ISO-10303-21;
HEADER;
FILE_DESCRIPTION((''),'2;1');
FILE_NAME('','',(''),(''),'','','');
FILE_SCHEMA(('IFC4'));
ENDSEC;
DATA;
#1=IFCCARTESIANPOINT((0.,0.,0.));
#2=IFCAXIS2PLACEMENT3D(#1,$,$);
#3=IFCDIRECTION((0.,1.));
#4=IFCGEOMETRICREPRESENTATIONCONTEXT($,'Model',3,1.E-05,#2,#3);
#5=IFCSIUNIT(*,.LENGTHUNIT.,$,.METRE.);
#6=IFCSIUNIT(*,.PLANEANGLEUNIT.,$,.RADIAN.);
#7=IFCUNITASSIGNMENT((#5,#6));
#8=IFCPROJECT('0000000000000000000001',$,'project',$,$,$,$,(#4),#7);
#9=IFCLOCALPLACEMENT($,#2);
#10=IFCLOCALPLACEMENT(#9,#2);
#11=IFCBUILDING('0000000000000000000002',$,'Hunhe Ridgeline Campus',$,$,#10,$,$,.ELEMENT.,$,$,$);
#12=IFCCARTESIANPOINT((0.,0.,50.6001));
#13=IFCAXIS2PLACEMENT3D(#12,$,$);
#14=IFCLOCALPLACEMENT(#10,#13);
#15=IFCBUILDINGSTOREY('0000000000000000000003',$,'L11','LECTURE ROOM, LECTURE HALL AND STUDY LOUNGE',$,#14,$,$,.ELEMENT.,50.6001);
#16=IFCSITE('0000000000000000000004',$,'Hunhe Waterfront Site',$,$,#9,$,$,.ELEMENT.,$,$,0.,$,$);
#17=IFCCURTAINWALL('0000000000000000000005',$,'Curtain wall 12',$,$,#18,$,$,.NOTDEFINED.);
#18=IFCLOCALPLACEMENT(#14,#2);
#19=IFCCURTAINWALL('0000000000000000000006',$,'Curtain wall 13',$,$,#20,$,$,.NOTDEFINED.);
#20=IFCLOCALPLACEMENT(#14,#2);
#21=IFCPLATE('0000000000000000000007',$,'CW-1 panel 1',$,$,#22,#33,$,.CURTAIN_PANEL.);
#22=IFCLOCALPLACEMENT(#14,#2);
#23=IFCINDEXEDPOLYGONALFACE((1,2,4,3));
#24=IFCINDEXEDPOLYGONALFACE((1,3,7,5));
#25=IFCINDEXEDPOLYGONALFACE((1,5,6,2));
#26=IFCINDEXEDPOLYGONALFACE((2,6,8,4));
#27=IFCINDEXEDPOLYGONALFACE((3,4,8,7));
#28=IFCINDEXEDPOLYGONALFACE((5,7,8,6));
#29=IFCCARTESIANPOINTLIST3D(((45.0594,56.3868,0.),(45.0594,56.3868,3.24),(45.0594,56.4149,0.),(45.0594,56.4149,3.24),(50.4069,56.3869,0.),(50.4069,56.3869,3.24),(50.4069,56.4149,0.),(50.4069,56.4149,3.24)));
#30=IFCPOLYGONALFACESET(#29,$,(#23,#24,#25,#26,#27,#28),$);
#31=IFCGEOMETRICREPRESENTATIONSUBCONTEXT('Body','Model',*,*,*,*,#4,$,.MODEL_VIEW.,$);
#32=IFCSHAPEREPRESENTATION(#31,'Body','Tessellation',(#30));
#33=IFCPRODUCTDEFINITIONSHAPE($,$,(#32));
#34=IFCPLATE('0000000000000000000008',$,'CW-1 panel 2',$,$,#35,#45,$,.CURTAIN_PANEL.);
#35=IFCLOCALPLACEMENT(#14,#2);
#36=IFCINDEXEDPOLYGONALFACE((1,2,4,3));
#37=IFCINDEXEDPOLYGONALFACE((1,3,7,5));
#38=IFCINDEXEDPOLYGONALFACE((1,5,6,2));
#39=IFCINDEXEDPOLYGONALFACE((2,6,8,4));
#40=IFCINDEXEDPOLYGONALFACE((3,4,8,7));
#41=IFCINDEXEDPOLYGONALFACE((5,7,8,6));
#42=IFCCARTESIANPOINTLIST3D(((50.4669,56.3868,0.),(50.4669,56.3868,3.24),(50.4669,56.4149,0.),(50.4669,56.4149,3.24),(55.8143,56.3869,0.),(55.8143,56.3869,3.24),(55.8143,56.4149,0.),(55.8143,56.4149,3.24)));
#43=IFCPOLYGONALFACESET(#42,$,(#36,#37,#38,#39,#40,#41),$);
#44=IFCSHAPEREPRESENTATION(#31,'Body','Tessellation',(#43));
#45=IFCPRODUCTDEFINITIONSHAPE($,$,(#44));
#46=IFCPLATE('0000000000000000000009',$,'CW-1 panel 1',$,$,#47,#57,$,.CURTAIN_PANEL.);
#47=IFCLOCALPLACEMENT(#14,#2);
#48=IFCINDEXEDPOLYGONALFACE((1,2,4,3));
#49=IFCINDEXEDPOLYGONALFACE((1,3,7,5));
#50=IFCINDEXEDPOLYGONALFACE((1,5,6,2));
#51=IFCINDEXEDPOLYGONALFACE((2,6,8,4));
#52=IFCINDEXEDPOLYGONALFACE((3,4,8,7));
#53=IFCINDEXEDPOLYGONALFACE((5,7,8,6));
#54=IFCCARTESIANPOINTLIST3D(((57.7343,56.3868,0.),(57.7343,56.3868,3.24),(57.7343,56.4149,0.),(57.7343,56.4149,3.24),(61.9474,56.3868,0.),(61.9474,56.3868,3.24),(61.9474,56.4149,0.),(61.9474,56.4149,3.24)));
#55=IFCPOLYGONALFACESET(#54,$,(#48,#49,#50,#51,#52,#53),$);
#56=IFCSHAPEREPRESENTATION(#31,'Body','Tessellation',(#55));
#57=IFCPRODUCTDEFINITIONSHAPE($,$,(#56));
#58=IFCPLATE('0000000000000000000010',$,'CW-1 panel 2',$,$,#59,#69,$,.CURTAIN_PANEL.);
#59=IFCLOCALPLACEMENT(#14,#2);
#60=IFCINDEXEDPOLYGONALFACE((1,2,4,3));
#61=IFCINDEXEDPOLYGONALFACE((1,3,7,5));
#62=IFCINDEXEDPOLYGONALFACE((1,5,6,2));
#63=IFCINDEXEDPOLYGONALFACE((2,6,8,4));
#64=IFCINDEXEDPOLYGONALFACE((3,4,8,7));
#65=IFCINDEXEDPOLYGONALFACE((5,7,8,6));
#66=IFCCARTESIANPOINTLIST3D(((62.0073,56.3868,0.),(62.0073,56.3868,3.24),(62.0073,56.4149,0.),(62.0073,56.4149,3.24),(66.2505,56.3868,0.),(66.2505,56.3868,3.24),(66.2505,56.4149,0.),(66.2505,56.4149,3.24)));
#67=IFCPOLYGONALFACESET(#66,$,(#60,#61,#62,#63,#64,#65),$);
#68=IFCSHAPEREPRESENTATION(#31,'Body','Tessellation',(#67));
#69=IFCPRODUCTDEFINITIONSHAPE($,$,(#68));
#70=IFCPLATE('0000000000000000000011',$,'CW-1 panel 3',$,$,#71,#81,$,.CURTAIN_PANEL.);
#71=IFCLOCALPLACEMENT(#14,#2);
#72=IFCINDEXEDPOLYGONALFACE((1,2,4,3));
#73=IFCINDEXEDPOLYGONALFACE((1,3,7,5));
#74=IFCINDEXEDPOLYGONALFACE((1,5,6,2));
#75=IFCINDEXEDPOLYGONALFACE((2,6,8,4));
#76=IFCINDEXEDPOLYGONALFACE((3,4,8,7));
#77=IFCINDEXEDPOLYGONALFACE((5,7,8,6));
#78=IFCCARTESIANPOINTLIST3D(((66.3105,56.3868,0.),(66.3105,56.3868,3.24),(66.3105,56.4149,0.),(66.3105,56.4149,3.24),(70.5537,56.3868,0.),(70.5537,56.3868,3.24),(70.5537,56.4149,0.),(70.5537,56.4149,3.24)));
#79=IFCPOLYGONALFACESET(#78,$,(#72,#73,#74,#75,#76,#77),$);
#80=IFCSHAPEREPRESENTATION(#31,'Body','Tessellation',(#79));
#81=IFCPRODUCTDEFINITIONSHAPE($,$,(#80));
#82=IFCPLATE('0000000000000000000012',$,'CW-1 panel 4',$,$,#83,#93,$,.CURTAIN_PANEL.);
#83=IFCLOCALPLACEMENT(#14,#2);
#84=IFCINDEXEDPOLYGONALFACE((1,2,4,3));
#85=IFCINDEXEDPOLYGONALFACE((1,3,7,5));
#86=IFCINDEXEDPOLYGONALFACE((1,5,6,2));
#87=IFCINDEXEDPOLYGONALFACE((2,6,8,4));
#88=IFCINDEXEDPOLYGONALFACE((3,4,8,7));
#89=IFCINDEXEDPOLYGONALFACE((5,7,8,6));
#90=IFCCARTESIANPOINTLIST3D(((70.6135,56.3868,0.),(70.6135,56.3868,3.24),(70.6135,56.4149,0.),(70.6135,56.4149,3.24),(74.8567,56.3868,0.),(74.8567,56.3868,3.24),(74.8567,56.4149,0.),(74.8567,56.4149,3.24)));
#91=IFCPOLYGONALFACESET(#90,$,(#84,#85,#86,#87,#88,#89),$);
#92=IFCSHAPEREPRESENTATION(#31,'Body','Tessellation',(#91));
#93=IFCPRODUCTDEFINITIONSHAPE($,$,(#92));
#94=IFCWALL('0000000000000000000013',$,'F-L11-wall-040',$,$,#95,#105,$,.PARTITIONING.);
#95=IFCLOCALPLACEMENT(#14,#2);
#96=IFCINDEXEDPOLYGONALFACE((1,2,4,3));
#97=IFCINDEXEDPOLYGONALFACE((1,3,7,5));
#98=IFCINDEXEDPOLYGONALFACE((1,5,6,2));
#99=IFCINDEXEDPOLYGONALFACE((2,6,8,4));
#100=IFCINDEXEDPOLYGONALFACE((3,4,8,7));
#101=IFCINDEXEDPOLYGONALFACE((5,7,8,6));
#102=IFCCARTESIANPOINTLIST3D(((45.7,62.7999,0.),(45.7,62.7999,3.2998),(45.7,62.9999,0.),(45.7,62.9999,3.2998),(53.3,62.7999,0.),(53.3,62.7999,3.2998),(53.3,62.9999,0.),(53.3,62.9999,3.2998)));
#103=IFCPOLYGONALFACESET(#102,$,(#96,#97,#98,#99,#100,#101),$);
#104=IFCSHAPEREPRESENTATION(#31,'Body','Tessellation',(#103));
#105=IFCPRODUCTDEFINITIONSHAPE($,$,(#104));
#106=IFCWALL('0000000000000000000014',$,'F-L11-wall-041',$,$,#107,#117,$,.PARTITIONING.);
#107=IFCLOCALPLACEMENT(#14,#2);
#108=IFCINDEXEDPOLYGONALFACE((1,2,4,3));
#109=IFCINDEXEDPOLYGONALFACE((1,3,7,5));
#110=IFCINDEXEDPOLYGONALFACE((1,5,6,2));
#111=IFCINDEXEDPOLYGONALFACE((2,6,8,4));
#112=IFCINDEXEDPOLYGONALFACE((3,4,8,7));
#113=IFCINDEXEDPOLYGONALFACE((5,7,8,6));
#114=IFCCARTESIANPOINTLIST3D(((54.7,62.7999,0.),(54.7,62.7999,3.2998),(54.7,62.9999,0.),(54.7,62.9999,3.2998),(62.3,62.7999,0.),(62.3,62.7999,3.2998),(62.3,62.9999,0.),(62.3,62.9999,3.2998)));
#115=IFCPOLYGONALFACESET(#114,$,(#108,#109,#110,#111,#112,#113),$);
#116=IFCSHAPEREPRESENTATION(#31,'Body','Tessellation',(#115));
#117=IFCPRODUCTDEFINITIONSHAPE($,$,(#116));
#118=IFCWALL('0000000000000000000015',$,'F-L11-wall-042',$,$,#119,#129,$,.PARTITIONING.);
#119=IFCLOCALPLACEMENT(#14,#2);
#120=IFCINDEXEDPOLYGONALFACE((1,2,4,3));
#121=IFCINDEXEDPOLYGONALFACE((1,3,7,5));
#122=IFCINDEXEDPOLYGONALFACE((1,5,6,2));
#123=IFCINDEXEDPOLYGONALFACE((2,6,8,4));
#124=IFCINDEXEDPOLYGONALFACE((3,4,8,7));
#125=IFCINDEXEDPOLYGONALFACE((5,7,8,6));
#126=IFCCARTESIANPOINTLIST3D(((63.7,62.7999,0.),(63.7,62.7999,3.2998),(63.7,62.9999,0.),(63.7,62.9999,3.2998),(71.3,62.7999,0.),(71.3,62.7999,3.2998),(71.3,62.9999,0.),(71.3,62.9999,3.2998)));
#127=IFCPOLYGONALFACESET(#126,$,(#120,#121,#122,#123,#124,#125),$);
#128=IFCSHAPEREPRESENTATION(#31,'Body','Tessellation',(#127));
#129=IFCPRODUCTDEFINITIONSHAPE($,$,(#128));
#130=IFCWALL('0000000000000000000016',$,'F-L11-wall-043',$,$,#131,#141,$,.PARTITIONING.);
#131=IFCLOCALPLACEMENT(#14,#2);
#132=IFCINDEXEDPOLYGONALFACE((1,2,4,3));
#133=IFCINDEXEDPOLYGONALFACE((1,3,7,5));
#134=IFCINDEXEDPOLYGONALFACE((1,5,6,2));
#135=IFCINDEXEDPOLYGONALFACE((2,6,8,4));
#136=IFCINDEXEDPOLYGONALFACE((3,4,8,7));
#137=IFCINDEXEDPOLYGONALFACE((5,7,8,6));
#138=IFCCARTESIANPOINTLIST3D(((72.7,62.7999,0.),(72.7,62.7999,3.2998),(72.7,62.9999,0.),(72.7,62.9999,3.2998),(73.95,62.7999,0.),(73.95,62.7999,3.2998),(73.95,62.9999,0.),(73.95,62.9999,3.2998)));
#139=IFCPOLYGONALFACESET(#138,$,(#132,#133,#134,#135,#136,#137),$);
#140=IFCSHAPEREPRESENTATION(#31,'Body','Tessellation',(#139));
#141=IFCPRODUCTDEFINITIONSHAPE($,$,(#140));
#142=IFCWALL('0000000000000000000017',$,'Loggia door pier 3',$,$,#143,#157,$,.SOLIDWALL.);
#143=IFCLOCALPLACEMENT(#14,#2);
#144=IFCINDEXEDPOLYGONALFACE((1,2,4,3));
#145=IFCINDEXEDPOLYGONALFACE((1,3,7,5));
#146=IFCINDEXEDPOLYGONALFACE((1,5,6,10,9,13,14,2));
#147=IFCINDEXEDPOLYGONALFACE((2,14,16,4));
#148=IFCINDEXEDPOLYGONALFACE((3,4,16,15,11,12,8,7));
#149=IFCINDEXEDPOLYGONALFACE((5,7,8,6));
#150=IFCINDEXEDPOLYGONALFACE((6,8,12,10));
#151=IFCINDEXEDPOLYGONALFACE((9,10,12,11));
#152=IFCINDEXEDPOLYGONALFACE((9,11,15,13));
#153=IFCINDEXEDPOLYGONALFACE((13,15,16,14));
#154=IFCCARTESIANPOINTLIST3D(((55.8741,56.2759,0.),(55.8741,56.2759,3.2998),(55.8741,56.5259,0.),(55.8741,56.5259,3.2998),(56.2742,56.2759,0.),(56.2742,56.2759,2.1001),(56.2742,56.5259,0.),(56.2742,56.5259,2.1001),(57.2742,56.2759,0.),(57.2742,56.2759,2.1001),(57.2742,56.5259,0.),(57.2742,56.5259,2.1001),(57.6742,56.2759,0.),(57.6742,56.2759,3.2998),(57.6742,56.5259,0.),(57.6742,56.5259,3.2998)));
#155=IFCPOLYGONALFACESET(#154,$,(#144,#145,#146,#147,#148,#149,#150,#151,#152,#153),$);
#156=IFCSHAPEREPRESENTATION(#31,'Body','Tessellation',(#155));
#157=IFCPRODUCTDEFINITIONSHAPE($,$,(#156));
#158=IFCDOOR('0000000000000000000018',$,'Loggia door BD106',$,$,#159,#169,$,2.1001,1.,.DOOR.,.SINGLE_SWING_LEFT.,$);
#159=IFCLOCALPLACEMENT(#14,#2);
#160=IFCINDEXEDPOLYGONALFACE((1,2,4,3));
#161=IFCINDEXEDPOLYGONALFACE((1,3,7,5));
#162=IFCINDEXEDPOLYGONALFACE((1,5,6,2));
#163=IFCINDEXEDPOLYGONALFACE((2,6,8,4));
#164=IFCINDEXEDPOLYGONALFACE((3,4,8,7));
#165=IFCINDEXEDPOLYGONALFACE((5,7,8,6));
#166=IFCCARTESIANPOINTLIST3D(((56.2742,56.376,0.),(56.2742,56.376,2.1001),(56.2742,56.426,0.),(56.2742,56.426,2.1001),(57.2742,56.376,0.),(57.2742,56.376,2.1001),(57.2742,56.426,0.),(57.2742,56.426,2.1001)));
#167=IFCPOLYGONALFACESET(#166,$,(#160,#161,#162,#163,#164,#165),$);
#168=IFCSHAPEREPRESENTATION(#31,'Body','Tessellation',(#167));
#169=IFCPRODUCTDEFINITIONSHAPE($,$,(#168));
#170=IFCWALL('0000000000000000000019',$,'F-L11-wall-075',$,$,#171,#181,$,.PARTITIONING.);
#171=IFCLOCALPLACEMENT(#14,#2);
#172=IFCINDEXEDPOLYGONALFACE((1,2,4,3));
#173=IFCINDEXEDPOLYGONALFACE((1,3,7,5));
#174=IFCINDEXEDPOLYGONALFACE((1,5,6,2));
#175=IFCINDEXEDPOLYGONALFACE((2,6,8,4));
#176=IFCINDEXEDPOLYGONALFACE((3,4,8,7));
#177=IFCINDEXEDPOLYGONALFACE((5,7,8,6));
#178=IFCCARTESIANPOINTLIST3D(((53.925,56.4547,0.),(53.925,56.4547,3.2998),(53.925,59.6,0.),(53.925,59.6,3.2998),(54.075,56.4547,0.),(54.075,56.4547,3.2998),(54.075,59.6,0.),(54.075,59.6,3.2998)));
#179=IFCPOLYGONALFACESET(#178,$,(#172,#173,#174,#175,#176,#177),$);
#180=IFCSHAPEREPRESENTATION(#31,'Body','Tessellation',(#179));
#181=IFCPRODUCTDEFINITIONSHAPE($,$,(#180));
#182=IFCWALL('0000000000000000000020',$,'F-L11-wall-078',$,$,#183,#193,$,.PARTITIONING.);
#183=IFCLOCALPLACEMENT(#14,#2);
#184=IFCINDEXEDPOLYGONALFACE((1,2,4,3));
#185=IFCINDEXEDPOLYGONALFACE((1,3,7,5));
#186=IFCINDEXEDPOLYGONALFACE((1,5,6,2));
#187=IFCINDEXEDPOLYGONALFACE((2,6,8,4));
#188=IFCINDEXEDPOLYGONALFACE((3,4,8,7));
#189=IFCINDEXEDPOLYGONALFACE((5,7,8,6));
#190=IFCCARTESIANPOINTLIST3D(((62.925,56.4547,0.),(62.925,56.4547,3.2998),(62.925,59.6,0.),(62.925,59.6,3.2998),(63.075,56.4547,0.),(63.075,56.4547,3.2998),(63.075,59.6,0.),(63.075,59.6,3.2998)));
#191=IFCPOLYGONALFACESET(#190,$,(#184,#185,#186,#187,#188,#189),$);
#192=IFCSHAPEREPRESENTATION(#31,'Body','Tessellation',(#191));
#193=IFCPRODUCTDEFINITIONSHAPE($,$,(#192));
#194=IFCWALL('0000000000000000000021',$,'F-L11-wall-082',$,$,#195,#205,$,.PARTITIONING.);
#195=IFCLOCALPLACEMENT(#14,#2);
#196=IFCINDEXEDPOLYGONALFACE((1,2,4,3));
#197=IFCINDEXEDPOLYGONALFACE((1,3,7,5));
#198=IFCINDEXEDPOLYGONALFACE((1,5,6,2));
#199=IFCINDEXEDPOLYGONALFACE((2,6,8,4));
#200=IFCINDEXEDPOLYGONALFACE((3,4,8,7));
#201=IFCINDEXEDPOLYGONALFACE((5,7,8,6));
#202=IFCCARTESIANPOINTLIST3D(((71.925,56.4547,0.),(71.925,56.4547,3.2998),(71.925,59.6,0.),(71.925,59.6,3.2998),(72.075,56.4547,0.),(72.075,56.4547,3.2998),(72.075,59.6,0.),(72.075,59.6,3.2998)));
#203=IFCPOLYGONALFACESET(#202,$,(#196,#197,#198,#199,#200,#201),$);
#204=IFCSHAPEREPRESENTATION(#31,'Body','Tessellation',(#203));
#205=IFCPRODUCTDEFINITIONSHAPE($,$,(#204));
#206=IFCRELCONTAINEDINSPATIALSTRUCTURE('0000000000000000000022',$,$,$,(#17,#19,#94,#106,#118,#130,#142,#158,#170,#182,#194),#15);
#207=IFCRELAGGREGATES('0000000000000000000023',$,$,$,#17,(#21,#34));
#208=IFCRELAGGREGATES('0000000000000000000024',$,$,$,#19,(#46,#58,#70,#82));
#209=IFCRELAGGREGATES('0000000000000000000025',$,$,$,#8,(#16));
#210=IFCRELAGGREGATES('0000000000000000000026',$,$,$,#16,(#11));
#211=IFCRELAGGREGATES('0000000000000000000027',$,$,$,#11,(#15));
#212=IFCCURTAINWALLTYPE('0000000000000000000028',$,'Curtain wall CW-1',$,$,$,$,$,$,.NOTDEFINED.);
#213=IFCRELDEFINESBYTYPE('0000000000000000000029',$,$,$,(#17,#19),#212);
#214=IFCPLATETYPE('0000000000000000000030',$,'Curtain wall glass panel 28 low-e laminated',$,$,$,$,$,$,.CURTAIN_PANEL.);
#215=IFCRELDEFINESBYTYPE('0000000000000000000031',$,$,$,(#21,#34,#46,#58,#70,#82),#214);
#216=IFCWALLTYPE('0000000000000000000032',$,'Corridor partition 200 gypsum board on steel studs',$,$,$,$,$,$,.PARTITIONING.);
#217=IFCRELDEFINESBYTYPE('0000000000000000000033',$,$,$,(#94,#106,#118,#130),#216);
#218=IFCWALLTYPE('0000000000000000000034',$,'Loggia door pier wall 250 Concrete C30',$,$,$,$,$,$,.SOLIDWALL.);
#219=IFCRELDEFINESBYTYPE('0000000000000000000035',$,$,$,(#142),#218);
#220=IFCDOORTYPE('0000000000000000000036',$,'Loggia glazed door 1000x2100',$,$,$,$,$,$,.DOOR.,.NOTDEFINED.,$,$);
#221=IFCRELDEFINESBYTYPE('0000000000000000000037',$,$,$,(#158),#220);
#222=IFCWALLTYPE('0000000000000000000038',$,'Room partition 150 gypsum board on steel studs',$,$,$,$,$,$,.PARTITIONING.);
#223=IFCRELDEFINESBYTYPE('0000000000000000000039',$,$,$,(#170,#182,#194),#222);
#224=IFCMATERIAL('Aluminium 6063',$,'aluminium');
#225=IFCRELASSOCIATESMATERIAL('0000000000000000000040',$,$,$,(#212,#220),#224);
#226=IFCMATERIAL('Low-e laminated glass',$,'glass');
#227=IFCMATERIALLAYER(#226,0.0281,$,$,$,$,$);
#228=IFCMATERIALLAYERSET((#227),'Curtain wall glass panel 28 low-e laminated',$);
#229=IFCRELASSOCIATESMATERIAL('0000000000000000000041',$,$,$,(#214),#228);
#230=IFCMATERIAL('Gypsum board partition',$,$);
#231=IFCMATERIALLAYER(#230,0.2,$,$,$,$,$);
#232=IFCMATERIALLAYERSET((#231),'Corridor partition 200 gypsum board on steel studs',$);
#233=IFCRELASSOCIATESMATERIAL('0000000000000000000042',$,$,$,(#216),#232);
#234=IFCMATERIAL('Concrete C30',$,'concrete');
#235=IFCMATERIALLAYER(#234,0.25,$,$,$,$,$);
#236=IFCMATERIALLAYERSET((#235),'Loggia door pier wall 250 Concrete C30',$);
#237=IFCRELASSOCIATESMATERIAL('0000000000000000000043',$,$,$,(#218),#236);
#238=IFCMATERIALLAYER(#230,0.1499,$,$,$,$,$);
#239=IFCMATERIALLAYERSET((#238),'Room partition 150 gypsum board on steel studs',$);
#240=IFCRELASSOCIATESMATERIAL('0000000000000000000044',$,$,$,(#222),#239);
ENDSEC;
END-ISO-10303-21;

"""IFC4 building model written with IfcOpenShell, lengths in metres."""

from ifc_helpers import new_model, si_unit, direction, frame, frame_2d, origin, origin_2d, place, context, subcontext, project, spatial, rectangle, extrude, material, layer, layer_set, type_object, element, fill, aggregate, save


model = new_model("IFC4")

# Units and contexts
model_context = context("Model", 3, precision=1e-05, world=origin(), true_north=direction((0.0, 1.0)))
body_context = subcontext(model_context, "Body", "Model", "MODEL_VIEW")
ifc_project = project(units=[si_unit("LENGTHUNIT", "METRE"), si_unit("PLANEANGLEUNIT", "RADIAN")], contexts=[model_context])

# Site, building, storey
site_placement = place(None, origin())
site = spatial("IfcSite", under=ifc_project, at=site_placement, Name="Hunhe Waterfront Site", CompositionType="ELEMENT", RefElevation=0.0)
building_placement = place(site_placement, origin())
building = spatial("IfcBuilding", under=site, at=building_placement, Name="Hunhe Ridgeline Campus", CompositionType="ELEMENT")
storey_placement = place(building_placement, frame((0.0, 0.0, 50.6001)))
storey = spatial("IfcBuildingStorey", under=building, at=storey_placement, Name="L11", Description="LECTURE ROOM, LECTURE HALL AND STUDY LOUNGE", CompositionType="ELEMENT", Elevation=50.6001)

# Curtain walls
ifc_material_1 = material(Name="Aluminium 6063", Category="aluminium")
curtain_wall_type = type_object("IfcCurtainWallType", Name="Curtain wall CW-1", PredefinedType="NOTDEFINED", material=ifc_material_1)
curtain_wall_1_placement = place(storey_placement, origin())
curtain_wall_1 = element("IfcCurtainWall", 1, at=curtain_wall_1_placement, inside=storey, type_object=curtain_wall_type, Name="Curtain wall 12", PredefinedType="NOTDEFINED")
curtain_wall_2_placement = place(storey_placement, origin())
curtain_wall_2 = element("IfcCurtainWall", 2, at=curtain_wall_2_placement, inside=storey, type_object=curtain_wall_type, Name="Curtain wall 13", PredefinedType="NOTDEFINED")

# Plates
ifc_material_2 = material(Name="Low-e laminated glass", Category="glass")
ifc_layer_1 = layer(ifc_material_2, 0.0281)
ifc_layer_set_1 = layer_set([ifc_layer_1], Name="Curtain wall glass panel 28 low-e laminated")
plate_type = type_object("IfcPlateType", Name="Curtain wall glass panel 28 low-e laminated", PredefinedType="CURTAIN_PANEL", material=ifc_layer_set_1)
plate_1_placement = place(storey_placement, frame((47.7332, 56.4009, 0.0), z_axis=(0.0, 0.0, 1.0), x_axis=(1.0, 0.000004, 0.0)))
plate_1 = element("IfcPlate", 3, at=plate_1_placement, type_object=plate_type, Name="CW-1 panel 1", PredefinedType="CURTAIN_PANEL", context=body_context, shape_type="SweptSolid", body=[
    extrude(rectangle(XDim=5.3474, YDim=0.0281, at=origin_2d()), origin(), (0.0, 0.0, 1.0), 3.24),
])
plate_2_placement = place(storey_placement, frame((53.1406, 56.4009, 0.0), z_axis=(0.0, 0.0, 1.0), x_axis=(1.0, 0.000004, 0.0)))
plate_2 = element("IfcPlate", 4, at=plate_2_placement, type_object=plate_type, Name="CW-1 panel 2", PredefinedType="CURTAIN_PANEL", context=body_context, shape_type="SweptSolid", body=[
    extrude(rectangle(XDim=5.3474, YDim=0.0281, at=origin_2d()), origin(), (0.0, 0.0, 1.0), 3.24),
])
aggregate(curtain_wall_1, [plate_1, plate_2])
plate_3_placement = place(storey_placement, frame((59.8408, 56.4009, 0.0), z_axis=(0.0, 0.0, 1.0), x_axis=(1.0, 0.000004, 0.0)))
plate_3 = element("IfcPlate", 5, at=plate_3_placement, type_object=plate_type, Name="CW-1 panel 1", PredefinedType="CURTAIN_PANEL", context=body_context, shape_type="SweptSolid", body=[
    extrude(rectangle(XDim=4.2131, YDim=0.0281, at=origin_2d()), origin(), (0.0, 0.0, 1.0), 3.24),
])
plate_4_placement = place(storey_placement, frame((64.1289, 56.4009, 0.0), z_axis=(0.0, 0.0, 1.0), x_axis=(1.0, 0.000004, 0.0)))
plate_4 = element("IfcPlate", 6, at=plate_4_placement, type_object=plate_type, Name="CW-1 panel 2", PredefinedType="CURTAIN_PANEL", context=body_context, shape_type="SweptSolid", body=[
    extrude(rectangle(XDim=4.2432, YDim=0.0281, at=origin_2d()), origin(), (0.0, 0.0, 1.0), 3.24),
])
plate_5_placement = place(storey_placement, frame((68.4321, 56.4009, 0.0), z_axis=(0.0, 0.0, 1.0), x_axis=(1.0, 0.000004, 0.0)))
plate_5 = element("IfcPlate", 7, at=plate_5_placement, type_object=plate_type, Name="CW-1 panel 3", PredefinedType="CURTAIN_PANEL", context=body_context, shape_type="SweptSolid", body=[
    extrude(rectangle(XDim=4.2432, YDim=0.0281, at=origin_2d()), origin(), (0.0, 0.0, 1.0), 3.24),
])
plate_6_placement = place(storey_placement, frame((72.7351, 56.4009, 0.0), z_axis=(0.0, 0.0, 1.0), x_axis=(1.0, 0.000004, 0.0)))
plate_6 = element("IfcPlate", 8, at=plate_6_placement, type_object=plate_type, Name="CW-1 panel 4", PredefinedType="CURTAIN_PANEL", context=body_context, shape_type="SweptSolid", body=[
    extrude(rectangle(XDim=4.2432, YDim=0.0281, at=origin_2d()), origin(), (0.0, 0.0, 1.0), 3.24),
])
aggregate(curtain_wall_2, [plate_3, plate_4, plate_5, plate_6])

# Walls
ifc_material_3 = material(Name="Gypsum board partition")
ifc_layer_2 = layer(ifc_material_3, 0.2)
ifc_layer_set_2 = layer_set([ifc_layer_2], Name="Corridor partition 200 gypsum board on steel studs")
wall_type_1 = type_object("IfcWallType", Name="Corridor partition 200 gypsum board on steel studs", PredefinedType="PARTITIONING", material=ifc_layer_set_2)
for number, where, z_axis, x_axis, name in (
    (9, (45.7, 62.8999, 0.0), (0.0, 0.0, 1.0), (1.0, 0.0, 0.0), "F-L11-wall-040"),
    (10, (54.7, 62.8999, 0.0), (0.0, 0.0, 1.0), (1.0, 0.0, 0.0), "F-L11-wall-041"),
    (11, (63.7, 62.8999, 0.0), (0.0, 0.0, 1.0), (1.0, 0.0, 0.0), "F-L11-wall-042"),
):
    element("IfcWall", number, at=place(storey_placement, frame(where, z_axis=z_axis, x_axis=x_axis)), inside=storey, type_object=wall_type_1, Name=name, PredefinedType="PARTITIONING", context=body_context, shape_type="SweptSolid", body=[
        extrude(rectangle(XDim=7.6001, YDim=0.2, at=frame_2d((3.8, 0.0))), origin(), (0.0, 0.0, 1.0), 3.2998),
    ])
wall_1_placement = place(storey_placement, frame((72.7, 62.8999, 0.0), z_axis=(0.0, 0.0, 1.0), x_axis=(1.0, 0.0, 0.0)))
element("IfcWall", 12, at=wall_1_placement, inside=storey, type_object=wall_type_1, Name="F-L11-wall-043", PredefinedType="PARTITIONING", context=body_context, shape_type="SweptSolid", body=[
    extrude(rectangle(XDim=1.25, YDim=0.2, at=frame_2d((0.625, 0.0))), origin(), (0.0, 0.0, 1.0), 3.2998),
])

# Wall, opening, door
ifc_material_4 = material(Name="Concrete C30", Category="concrete")
ifc_layer_3 = layer(ifc_material_4, 0.25)
ifc_layer_set_3 = layer_set([ifc_layer_3], Name="Loggia door pier wall 250 Concrete C30")
wall_type_2 = type_object("IfcWallType", Name="Loggia door pier wall 250 Concrete C30", PredefinedType="SOLIDWALL", material=ifc_layer_set_3)
wall_2_placement = place(storey_placement, frame((55.8743, 56.4009, 0.0), z_axis=(0.0, 0.0, 1.0), x_axis=(1.0, 0.0, 0.0)))
wall_2 = element("IfcWall", 13, at=wall_2_placement, inside=storey, type_object=wall_type_2, Name="Loggia door pier 3", PredefinedType="SOLIDWALL", context=body_context, shape_type="SweptSolid", body=[
    extrude(rectangle(XDim=1.8, YDim=0.25, at=frame_2d((0.8999, 0.0))), origin(), (0.0, 0.0, 1.0), 3.2998),
])
opening_placement = place(wall_2_placement, frame((0.3999, 0.0, 0.0)))
opening = element("IfcOpeningElement", 14, at=opening_placement, cuts=wall_2, PredefinedType="OPENING", context=body_context, shape_type="SweptSolid", body=[
    extrude(rectangle(XDim=1.0, YDim=2.1001, at=frame_2d((0.5, 1.05))), frame((0.0, 0.125, 0.0), z_axis=(0.0, -1.0, 0.0), x_axis=(1.0, 0.0, 0.0)), (0.0, 0.0, 1.0), 0.25),
])
door_type = type_object("IfcDoorType", Name="Loggia glazed door 1000x2100", OperationType="NOTDEFINED", PredefinedType="DOOR", material=ifc_material_1)
door_placement = place(opening_placement, frame((1.0, 0.0, 0.0), z_axis=(0.0, 0.0, 1.0), x_axis=(-1.0, 0.0, 0.0)))
door = element("IfcDoor", 15, at=door_placement, inside=storey, type_object=door_type, Name="Loggia door BD106", OperationType="SINGLE_SWING_LEFT", OverallHeight=2.1001, OverallWidth=1.0, PredefinedType="DOOR", context=body_context, shape_type="SweptSolid", body=[
    extrude(rectangle(XDim=1.0, YDim=2.1001, at=frame_2d((0.5, 1.05))), frame((0.0, 0.0249, 0.0), z_axis=(0.0, -1.0, 0.0), x_axis=(1.0, 0.0, 0.0)), (0.0, 0.0, 1.0), 0.05),
])
fill(opening, door)

# Walls
ifc_layer_4 = layer(ifc_material_3, 0.1499)
ifc_layer_set_4 = layer_set([ifc_layer_4], Name="Room partition 150 gypsum board on steel studs")
wall_type_3 = type_object("IfcWallType", Name="Room partition 150 gypsum board on steel studs", PredefinedType="PARTITIONING", material=ifc_layer_set_4)
for number, where, z_axis, x_axis, name in (
    (16, (54.0, 59.6001, 0.0), (0.0, 0.0, 1.0), (0.0, -1.0, 0.0), "F-L11-wall-075"),
    (17, (63.0, 59.6001, 0.0), (0.0, 0.0, 1.0), (0.0, -1.0, 0.0), "F-L11-wall-078"),
    (18, (72.0, 59.6001, 0.0), (0.0, 0.0, 1.0), (0.0, -1.0, 0.0), "F-L11-wall-082"),
):
    element("IfcWall", number, at=place(storey_placement, frame(where, z_axis=z_axis, x_axis=x_axis)), inside=storey, type_object=wall_type_3, Name=name, PredefinedType="PARTITIONING", context=body_context, shape_type="SweptSolid", body=[
        extrude(rectangle(XDim=3.1453, YDim=0.1499, at=frame_2d((1.5728, 0.0))), origin(), (0.0, 0.0, 1.0), 3.2998),
    ])

save(model, "model.ifc")
